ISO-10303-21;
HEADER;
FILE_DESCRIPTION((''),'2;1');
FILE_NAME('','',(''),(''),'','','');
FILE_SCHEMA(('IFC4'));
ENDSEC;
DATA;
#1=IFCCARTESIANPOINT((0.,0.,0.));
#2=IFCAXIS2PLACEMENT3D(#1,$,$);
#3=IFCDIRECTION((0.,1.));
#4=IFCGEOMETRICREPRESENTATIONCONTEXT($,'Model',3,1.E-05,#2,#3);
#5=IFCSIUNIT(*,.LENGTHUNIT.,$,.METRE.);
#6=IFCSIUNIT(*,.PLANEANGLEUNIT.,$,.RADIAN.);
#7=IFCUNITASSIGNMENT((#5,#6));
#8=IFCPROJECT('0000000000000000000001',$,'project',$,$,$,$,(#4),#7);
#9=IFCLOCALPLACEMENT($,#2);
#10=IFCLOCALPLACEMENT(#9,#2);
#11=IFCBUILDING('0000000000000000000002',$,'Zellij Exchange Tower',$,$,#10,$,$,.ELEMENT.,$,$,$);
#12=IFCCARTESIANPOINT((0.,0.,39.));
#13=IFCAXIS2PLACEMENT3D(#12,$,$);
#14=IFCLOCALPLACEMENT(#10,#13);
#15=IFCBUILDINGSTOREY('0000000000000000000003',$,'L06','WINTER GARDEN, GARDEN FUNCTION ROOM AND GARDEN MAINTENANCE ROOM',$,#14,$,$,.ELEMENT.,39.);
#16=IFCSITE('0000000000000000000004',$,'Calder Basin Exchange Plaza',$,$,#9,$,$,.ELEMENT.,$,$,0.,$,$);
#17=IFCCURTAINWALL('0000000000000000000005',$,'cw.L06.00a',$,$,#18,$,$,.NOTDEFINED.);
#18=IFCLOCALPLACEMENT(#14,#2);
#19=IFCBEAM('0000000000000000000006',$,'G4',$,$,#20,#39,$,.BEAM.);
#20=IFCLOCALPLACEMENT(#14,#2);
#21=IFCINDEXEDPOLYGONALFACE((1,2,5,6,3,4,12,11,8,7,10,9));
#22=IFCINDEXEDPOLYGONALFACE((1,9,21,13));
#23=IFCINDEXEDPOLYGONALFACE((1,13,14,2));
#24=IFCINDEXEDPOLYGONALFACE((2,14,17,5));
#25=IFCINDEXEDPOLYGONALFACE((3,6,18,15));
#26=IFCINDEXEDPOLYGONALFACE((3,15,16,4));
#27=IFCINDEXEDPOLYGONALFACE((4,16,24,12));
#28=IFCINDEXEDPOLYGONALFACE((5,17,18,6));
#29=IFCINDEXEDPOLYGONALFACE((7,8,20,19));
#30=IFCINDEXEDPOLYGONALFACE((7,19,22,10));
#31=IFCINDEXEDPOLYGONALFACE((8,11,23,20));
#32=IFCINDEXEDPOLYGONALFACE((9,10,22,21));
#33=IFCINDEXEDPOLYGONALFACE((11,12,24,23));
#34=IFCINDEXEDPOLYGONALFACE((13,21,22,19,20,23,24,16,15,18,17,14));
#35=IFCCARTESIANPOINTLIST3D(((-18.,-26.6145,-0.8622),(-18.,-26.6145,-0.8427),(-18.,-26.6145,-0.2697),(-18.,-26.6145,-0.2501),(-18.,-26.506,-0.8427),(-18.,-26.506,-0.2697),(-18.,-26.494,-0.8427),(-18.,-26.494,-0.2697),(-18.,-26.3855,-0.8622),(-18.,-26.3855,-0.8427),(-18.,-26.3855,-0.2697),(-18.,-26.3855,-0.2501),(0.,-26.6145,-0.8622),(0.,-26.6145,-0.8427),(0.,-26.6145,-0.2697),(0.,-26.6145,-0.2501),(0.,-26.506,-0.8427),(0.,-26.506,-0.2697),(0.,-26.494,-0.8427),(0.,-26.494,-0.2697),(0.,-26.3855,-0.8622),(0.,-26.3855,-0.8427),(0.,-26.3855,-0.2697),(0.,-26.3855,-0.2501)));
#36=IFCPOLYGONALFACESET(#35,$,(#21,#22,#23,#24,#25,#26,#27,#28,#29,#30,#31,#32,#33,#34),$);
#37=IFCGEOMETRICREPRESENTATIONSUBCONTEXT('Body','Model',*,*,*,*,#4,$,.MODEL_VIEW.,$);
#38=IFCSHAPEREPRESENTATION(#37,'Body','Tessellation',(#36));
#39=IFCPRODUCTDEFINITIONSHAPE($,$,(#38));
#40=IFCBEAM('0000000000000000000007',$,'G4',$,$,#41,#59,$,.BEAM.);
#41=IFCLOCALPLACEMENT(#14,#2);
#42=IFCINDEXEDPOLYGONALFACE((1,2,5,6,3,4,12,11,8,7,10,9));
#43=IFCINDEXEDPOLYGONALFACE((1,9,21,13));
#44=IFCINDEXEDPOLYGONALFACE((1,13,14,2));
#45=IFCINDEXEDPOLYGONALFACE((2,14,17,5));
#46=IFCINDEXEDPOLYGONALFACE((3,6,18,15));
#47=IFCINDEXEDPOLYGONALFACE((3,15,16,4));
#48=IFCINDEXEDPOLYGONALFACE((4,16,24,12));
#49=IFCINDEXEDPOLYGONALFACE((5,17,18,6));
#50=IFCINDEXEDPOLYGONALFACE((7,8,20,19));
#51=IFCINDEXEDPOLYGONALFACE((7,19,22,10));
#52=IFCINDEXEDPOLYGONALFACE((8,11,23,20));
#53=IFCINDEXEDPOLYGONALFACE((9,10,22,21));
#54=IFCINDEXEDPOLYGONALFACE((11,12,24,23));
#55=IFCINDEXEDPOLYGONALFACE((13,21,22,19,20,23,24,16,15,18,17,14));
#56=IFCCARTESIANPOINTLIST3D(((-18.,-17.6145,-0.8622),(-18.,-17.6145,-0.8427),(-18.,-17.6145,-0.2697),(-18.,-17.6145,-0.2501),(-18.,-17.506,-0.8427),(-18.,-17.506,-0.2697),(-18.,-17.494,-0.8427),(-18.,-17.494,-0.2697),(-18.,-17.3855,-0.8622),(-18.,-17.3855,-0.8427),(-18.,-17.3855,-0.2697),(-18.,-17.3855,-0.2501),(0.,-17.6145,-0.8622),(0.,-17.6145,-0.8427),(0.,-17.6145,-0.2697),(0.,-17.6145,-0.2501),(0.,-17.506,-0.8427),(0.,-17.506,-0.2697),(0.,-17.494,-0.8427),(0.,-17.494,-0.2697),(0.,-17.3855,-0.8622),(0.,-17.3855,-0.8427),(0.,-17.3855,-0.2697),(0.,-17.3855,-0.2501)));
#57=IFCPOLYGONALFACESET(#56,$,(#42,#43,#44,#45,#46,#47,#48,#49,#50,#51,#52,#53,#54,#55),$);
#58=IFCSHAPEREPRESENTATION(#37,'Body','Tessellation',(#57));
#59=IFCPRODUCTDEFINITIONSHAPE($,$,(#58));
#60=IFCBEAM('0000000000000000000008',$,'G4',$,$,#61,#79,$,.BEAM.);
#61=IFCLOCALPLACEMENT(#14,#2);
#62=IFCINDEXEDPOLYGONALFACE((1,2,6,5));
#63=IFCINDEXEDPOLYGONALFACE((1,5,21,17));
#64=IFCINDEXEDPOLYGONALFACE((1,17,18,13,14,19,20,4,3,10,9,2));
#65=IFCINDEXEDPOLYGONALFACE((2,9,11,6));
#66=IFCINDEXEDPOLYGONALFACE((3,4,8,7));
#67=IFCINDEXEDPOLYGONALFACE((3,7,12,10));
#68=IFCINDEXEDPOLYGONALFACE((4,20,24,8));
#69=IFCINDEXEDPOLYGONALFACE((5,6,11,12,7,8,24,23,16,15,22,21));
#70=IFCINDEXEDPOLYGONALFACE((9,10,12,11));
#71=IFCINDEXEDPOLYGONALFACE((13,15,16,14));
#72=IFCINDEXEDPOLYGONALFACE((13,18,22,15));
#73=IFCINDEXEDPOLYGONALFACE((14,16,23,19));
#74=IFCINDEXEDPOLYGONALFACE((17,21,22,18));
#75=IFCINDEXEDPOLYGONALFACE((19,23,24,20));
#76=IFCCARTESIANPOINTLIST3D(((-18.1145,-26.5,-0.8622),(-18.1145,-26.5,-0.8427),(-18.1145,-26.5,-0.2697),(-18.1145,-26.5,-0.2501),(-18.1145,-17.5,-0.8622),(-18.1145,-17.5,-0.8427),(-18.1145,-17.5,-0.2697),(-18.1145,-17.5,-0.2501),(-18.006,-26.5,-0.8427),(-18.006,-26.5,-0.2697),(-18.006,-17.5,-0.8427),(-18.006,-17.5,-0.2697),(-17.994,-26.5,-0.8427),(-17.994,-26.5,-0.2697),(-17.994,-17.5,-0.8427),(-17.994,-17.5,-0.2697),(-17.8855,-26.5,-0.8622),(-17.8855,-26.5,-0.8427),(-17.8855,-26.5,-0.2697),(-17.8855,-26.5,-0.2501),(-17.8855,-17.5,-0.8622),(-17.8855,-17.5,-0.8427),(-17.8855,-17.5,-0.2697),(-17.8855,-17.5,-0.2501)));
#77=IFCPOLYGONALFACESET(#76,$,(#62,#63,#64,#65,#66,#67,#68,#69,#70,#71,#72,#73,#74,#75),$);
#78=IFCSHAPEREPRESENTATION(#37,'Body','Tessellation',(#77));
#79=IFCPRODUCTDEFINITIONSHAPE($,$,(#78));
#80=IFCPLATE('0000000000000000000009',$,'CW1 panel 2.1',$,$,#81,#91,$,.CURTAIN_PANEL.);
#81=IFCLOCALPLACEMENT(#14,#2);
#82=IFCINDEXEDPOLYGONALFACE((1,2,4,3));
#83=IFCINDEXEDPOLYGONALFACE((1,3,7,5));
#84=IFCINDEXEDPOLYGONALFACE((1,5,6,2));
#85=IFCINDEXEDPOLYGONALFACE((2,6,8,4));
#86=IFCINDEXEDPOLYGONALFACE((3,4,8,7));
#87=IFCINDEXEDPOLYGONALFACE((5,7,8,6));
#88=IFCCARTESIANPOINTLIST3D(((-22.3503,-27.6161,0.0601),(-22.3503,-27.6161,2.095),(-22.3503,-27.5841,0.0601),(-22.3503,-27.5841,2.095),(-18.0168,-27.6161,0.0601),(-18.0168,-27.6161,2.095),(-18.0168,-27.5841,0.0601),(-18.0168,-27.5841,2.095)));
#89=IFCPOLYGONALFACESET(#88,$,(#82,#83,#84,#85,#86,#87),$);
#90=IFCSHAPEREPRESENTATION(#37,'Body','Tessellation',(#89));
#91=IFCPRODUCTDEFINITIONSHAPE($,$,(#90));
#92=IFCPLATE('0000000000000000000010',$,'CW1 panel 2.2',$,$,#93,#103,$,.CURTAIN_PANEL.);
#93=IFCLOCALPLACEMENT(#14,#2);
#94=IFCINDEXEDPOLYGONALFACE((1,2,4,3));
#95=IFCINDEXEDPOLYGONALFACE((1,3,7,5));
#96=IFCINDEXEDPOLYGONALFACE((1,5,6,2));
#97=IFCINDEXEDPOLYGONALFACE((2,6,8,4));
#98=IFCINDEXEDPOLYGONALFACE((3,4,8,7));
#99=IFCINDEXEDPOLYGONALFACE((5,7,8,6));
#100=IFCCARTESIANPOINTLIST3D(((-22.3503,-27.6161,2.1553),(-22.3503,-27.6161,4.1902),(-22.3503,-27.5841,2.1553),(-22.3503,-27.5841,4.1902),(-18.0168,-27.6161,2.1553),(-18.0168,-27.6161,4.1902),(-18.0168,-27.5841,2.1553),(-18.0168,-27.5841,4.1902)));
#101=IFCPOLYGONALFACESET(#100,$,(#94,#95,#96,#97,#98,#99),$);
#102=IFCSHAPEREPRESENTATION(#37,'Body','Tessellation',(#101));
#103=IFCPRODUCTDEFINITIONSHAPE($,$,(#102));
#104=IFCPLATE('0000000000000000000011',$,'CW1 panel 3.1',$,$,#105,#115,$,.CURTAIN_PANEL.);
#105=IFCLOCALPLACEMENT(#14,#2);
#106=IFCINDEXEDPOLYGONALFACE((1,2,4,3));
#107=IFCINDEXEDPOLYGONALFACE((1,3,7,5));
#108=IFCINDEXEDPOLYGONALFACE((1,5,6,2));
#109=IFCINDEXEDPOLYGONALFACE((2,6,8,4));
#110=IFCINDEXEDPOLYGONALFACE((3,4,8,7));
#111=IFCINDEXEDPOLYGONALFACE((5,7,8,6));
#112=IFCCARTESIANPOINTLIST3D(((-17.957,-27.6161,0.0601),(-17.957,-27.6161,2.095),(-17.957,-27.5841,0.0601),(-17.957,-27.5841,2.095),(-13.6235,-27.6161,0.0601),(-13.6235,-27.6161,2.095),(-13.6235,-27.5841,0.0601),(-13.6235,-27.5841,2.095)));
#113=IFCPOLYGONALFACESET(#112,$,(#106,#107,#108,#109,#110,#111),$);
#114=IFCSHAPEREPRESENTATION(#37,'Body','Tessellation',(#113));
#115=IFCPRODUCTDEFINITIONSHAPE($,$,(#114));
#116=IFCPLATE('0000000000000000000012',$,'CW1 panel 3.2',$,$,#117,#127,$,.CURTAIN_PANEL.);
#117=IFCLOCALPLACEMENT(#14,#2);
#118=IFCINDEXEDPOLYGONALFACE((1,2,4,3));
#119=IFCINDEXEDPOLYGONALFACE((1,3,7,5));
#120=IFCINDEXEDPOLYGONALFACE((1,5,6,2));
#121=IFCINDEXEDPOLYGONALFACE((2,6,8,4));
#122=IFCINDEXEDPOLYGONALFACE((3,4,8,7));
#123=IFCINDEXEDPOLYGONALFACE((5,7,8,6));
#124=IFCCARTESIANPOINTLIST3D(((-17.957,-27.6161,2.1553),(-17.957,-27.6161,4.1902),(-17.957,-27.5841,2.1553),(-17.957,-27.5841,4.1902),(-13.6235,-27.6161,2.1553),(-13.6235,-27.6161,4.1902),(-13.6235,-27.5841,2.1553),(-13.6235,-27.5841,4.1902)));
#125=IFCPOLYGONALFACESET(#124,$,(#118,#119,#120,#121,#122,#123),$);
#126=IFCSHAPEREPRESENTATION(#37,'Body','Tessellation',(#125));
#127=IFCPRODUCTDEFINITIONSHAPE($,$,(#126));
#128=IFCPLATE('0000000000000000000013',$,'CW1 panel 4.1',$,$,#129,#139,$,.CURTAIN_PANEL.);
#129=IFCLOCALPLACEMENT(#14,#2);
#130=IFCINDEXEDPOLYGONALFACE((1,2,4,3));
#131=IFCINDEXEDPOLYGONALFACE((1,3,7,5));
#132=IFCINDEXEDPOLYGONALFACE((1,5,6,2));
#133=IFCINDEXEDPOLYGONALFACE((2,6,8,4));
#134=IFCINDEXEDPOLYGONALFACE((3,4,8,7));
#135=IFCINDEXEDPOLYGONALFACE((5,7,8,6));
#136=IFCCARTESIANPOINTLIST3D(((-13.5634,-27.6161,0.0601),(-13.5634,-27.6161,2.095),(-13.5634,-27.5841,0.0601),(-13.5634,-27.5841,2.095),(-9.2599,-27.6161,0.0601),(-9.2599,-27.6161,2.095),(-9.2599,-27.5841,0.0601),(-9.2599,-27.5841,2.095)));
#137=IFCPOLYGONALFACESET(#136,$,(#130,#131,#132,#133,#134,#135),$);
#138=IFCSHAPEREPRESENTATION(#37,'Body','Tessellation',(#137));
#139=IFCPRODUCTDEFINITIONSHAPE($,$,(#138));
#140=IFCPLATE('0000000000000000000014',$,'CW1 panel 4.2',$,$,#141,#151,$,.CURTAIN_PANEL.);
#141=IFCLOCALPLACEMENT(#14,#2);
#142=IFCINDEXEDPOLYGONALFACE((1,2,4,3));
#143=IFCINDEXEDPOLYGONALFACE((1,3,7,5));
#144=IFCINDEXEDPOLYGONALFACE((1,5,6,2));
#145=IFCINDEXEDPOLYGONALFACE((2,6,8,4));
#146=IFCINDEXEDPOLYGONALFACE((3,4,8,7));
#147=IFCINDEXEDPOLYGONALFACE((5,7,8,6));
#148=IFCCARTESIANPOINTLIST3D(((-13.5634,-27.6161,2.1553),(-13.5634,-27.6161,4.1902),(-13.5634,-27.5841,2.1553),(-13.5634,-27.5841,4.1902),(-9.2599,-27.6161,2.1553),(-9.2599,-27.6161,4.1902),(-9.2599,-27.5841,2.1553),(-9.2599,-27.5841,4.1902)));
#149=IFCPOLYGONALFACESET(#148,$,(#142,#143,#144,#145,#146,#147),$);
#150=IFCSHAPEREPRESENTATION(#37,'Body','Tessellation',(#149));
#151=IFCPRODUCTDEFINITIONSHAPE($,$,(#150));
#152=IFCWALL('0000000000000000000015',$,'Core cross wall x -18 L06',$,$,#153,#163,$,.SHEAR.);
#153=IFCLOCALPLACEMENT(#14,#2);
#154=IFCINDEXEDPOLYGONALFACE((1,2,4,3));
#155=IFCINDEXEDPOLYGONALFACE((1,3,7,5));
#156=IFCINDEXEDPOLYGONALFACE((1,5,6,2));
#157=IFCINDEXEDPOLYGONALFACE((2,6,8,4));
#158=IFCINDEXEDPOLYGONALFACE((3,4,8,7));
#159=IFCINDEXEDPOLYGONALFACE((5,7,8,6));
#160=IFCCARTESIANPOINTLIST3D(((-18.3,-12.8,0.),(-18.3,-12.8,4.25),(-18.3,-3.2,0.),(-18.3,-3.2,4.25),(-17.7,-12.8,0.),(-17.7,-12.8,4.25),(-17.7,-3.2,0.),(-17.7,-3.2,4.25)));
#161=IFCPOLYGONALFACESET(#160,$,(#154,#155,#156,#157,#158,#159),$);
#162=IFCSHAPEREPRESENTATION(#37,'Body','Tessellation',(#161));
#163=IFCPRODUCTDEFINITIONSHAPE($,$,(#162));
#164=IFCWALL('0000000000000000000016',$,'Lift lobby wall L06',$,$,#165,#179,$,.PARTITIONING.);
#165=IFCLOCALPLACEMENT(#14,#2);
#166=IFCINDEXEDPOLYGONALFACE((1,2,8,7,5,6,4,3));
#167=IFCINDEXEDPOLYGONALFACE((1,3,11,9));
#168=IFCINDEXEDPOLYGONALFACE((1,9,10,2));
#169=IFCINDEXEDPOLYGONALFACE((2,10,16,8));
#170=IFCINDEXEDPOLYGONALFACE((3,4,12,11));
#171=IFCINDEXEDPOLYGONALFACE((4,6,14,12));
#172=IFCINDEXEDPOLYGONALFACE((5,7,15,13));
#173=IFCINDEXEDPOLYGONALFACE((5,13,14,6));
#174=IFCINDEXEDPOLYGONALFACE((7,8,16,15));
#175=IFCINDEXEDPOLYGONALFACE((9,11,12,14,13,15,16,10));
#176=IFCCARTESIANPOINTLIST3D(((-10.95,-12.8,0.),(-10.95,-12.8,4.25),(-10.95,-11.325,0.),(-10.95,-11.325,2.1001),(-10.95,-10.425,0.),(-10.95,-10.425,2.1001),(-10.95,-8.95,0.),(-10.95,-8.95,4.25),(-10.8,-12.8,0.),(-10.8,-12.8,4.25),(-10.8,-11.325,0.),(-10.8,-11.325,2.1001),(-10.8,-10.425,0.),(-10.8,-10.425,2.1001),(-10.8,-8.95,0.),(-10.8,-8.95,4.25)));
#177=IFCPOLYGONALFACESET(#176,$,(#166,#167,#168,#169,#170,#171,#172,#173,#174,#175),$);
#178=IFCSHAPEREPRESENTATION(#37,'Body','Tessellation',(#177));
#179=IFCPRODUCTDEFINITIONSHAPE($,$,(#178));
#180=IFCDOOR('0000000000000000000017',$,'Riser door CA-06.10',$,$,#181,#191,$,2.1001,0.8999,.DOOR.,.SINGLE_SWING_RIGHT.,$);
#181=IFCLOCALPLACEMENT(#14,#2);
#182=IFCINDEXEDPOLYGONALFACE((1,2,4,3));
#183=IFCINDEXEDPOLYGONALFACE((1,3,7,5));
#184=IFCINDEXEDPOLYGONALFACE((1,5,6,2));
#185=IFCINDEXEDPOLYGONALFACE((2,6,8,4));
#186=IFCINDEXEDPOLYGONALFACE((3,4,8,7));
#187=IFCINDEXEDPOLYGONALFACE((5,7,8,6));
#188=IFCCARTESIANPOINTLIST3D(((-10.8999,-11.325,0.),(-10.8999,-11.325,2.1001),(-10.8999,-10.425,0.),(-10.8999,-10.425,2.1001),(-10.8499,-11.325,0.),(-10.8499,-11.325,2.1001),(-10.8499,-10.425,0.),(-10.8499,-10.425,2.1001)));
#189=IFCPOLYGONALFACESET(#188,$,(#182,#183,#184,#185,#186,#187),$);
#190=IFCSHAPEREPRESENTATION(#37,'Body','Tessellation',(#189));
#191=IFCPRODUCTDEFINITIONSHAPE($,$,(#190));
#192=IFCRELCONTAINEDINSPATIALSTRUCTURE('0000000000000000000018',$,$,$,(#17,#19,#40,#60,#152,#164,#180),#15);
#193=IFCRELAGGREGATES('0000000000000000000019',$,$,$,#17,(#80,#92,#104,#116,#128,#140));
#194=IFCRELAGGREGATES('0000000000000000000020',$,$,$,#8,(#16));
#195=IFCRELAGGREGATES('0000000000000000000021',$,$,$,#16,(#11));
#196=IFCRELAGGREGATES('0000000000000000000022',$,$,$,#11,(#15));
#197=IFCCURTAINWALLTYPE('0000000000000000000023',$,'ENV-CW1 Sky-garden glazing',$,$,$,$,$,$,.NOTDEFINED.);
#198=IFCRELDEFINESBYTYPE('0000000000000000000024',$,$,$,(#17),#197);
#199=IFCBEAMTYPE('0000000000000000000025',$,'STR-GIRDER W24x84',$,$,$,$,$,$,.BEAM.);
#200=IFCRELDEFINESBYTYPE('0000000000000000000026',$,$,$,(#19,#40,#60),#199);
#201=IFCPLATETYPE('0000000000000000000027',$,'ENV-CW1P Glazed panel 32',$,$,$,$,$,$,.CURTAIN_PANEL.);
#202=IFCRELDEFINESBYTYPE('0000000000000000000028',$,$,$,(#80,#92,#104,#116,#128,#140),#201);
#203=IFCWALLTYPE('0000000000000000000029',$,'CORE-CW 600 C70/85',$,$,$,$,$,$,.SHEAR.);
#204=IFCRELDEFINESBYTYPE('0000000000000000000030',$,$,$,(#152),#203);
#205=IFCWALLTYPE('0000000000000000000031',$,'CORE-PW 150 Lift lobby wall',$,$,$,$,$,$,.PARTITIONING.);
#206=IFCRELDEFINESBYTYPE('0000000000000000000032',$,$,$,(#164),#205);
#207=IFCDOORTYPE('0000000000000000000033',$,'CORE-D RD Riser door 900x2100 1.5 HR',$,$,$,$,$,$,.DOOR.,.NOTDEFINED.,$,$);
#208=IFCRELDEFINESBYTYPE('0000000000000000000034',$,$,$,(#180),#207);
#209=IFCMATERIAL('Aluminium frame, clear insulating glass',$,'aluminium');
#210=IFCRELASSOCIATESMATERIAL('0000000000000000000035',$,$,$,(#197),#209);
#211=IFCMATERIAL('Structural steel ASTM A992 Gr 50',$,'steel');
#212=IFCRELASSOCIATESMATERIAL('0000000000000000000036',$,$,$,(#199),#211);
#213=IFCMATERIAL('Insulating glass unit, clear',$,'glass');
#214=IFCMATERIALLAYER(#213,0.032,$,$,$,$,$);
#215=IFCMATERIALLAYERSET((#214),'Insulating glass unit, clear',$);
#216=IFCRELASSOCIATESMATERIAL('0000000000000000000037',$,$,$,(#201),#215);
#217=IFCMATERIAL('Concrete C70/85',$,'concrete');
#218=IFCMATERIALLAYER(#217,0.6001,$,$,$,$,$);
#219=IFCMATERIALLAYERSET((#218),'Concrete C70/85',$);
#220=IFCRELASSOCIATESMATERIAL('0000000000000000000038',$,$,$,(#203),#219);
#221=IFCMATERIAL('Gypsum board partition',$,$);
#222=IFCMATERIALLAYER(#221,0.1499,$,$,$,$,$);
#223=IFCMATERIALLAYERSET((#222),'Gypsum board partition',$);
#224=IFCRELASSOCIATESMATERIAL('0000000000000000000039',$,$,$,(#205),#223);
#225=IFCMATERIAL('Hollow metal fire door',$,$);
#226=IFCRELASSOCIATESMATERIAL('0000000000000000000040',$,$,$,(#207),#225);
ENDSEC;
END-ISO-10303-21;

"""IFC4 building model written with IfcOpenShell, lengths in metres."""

from ifc_helpers import new_model, si_unit, direction, frame, frame_2d, origin, origin_2d, place, context, subcontext, project, spatial, rectangle, i_section, extrude, material, layer, layer_set, material_profile, profile_set, type_object, element, fill, aggregate, save


model = new_model("IFC4")

# Units and contexts
model_context = context("Model", 3, precision=1e-05, world=origin(), true_north=direction((0.0, 1.0)))
body_context = subcontext(model_context, "Body", "Model", "MODEL_VIEW")
ifc_project = project(units=[si_unit("LENGTHUNIT", "METRE"), si_unit("PLANEANGLEUNIT", "RADIAN")], contexts=[model_context])

# Site, building, storey
site_placement = place(None, origin())
site = spatial("IfcSite", under=ifc_project, at=site_placement, Name="Calder Basin Exchange Plaza", CompositionType="ELEMENT", RefElevation=0.0)
building_placement = place(site_placement, origin())
building = spatial("IfcBuilding", under=site, at=building_placement, Name="Zellij Exchange Tower", CompositionType="ELEMENT")
storey_placement = place(building_placement, frame((0.0, 0.0, 39.0)))
storey = spatial("IfcBuildingStorey", under=building, at=storey_placement, Name="L06", Description="WINTER GARDEN, GARDEN FUNCTION ROOM AND GARDEN MAINTENANCE ROOM", CompositionType="ELEMENT", Elevation=39.0)

# Shared definitions
ifc_material_1 = material(Name="Concrete C70/85", Category="concrete")

# Curtain wall
ifc_material_2 = material(Name="Aluminium frame, clear insulating glass", Category="aluminium")
curtain_wall_type = type_object("IfcCurtainWallType", Name="ENV-CW1 Sky-garden glazing", PredefinedType="NOTDEFINED", material=ifc_material_2)
curtain_wall_placement = place(storey_placement, origin())
curtain_wall = element("IfcCurtainWall", 1, at=curtain_wall_placement, inside=storey, type_object=curtain_wall_type, Name="cw.L06.00a", PredefinedType="NOTDEFINED")

# Beams
ifc_material_3 = material(Name="Structural steel ASTM A992 Gr 50", Category="steel")
ifc_material_profile_1 = material_profile(ifc_material_3, i_section(OverallWidth=0.229, OverallDepth=0.6121, WebThickness=0.012, FlangeThickness=0.0195, at=origin_2d()), Name="W24x84")
ifc_profile_set_1 = profile_set([ifc_material_profile_1], Name="Structural steel ASTM A992 Gr 50")
beam_type_1 = type_object("IfcBeamType", Name="STR-GIRDER W24x84", PredefinedType="BEAM", material=ifc_profile_set_1)
for number, where, z_axis, x_axis, name in (
    (2, (-18.0, -26.5, -0.5562), (1.0, 0.0, 0.0), (0.0, 1.0, 0.0), "G4"),
    (3, (-18.0, -17.5, -0.5562), (1.0, 0.0, 0.0), (0.0, 1.0, 0.0), "G4"),
):
    element("IfcBeam", number, at=place(storey_placement, frame(where, z_axis=z_axis, x_axis=x_axis)), inside=storey, type_object=beam_type_1, Name=name, PredefinedType="BEAM", context=body_context, shape_type="SweptSolid", body=[
        extrude(i_section(OverallWidth=0.229, OverallDepth=0.6121, WebThickness=0.012, FlangeThickness=0.0195, at=origin_2d()), origin(), (0.0, 0.0, 1.0), 18.0),
    ])
beam_1_placement = place(storey_placement, frame((-18.0, -26.5, -0.5562), z_axis=(0.0, 1.0, 0.0), x_axis=(-1.0, 0.0, 0.0)))
element("IfcBeam", 4, at=beam_1_placement, inside=storey, type_object=beam_type_1, Name="G4", PredefinedType="BEAM", context=body_context, shape_type="SweptSolid", body=[
    extrude(i_section(OverallWidth=0.229, OverallDepth=0.6121, WebThickness=0.012, FlangeThickness=0.0195, at=origin_2d()), origin(), (0.0, 0.0, 1.0), 9.0),
])

# Plates
ifc_material_4 = material(Name="Insulating glass unit, clear", Category="glass")
ifc_layer_1 = layer(ifc_material_4, 0.032)
ifc_layer_set_1 = layer_set([ifc_layer_1], Name="Insulating glass unit, clear")
plate_type = type_object("IfcPlateType", Name="ENV-CW1P Glazed panel 32", PredefinedType="CURTAIN_PANEL", material=ifc_layer_set_1)
plate_1_placement = place(storey_placement, frame((-20.1836, -27.6001, 0.0601), z_axis=(0.0, 0.0, 1.0), x_axis=(1.0, 0.0, 0.0)))
plate_1 = element("IfcPlate", 5, at=plate_1_placement, type_object=plate_type, Name="CW1 panel 2.1", PredefinedType="CURTAIN_PANEL", context=body_context, shape_type="SweptSolid", body=[
    extrude(rectangle(XDim=4.3335, YDim=0.032, at=origin_2d()), origin(), (0.0, 0.0, 1.0), 2.0349),
])
plate_2_placement = place(storey_placement, frame((-20.1836, -27.6001, 2.1553), z_axis=(0.0, 0.0, 1.0), x_axis=(1.0, 0.0, 0.0)))
plate_2 = element("IfcPlate", 6, at=plate_2_placement, type_object=plate_type, Name="CW1 panel 2.2", PredefinedType="CURTAIN_PANEL", context=body_context, shape_type="SweptSolid", body=[
    extrude(rectangle(XDim=4.3335, YDim=0.032, at=origin_2d()), origin(), (0.0, 0.0, 1.0), 2.0349),
])
plate_3_placement = place(storey_placement, frame((-15.7903, -27.6001, 0.0601), z_axis=(0.0, 0.0, 1.0), x_axis=(1.0, 0.0, 0.0)))
plate_3 = element("IfcPlate", 7, at=plate_3_placement, type_object=plate_type, Name="CW1 panel 3.1", PredefinedType="CURTAIN_PANEL", context=body_context, shape_type="SweptSolid", body=[
    extrude(rectangle(XDim=4.3335, YDim=0.032, at=origin_2d()), origin(), (0.0, 0.0, 1.0), 2.0349),
])
plate_4_placement = place(storey_placement, frame((-15.7903, -27.6001, 2.1553), z_axis=(0.0, 0.0, 1.0), x_axis=(1.0, 0.0, 0.0)))
plate_4 = element("IfcPlate", 8, at=plate_4_placement, type_object=plate_type, Name="CW1 panel 3.2", PredefinedType="CURTAIN_PANEL", context=body_context, shape_type="SweptSolid", body=[
    extrude(rectangle(XDim=4.3335, YDim=0.032, at=origin_2d()), origin(), (0.0, 0.0, 1.0), 2.0349),
])
plate_5_placement = place(storey_placement, frame((-11.4116, -27.6001, 0.0601), z_axis=(0.0, 0.0, 1.0), x_axis=(1.0, 0.0, 0.0)))
plate_5 = element("IfcPlate", 9, at=plate_5_placement, type_object=plate_type, Name="CW1 panel 4.1", PredefinedType="CURTAIN_PANEL", context=body_context, shape_type="SweptSolid", body=[
    extrude(rectangle(XDim=4.3035, YDim=0.032, at=origin_2d()), origin(), (0.0, 0.0, 1.0), 2.0349),
])
plate_6_placement = place(storey_placement, frame((-11.4116, -27.6001, 2.1553), z_axis=(0.0, 0.0, 1.0), x_axis=(1.0, 0.0, 0.0)))
plate_6 = element("IfcPlate", 10, at=plate_6_placement, type_object=plate_type, Name="CW1 panel 4.2", PredefinedType="CURTAIN_PANEL", context=body_context, shape_type="SweptSolid", body=[
    extrude(rectangle(XDim=4.3035, YDim=0.032, at=origin_2d()), origin(), (0.0, 0.0, 1.0), 2.0349),
])
aggregate(curtain_wall, [plate_1, plate_2, plate_3, plate_4, plate_5, plate_6])

# Wall
ifc_layer_2 = layer(ifc_material_1, 0.6001)
ifc_layer_set_2 = layer_set([ifc_layer_2], Name="Concrete C70/85")
wall_type_1 = type_object("IfcWallType", Name="CORE-CW 600 C70/85", PredefinedType="SHEAR", material=ifc_layer_set_2)
wall_1_placement = place(storey_placement, frame((-18.0, -12.8, 0.0), z_axis=(0.0, 0.0, 1.0), x_axis=(0.0, 1.0, 0.0)))
element("IfcWall", 11, at=wall_1_placement, inside=storey, type_object=wall_type_1, Name="Core cross wall x -18 L06", PredefinedType="SHEAR", context=body_context, shape_type="SweptSolid", body=[
    extrude(rectangle(XDim=9.6001, YDim=0.6001, at=frame_2d((4.8, 0.0))), origin(), (0.0, 0.0, 1.0), 4.25),
])

# Wall, opening, door
ifc_material_5 = material(Name="Gypsum board partition")
ifc_layer_3 = layer(ifc_material_5, 0.1499)
ifc_layer_set_3 = layer_set([ifc_layer_3], Name="Gypsum board partition")
wall_type_2 = type_object("IfcWallType", Name="CORE-PW 150 Lift lobby wall", PredefinedType="PARTITIONING", material=ifc_layer_set_3)
wall_2_placement = place(storey_placement, frame((-10.875, -12.8, 0.0), z_axis=(0.0, 0.0, 1.0), x_axis=(0.0, 1.0, 0.0)))
wall_2 = element("IfcWall", 12, at=wall_2_placement, inside=storey, type_object=wall_type_2, Name="Lift lobby wall L06", PredefinedType="PARTITIONING", context=body_context, shape_type="SweptSolid", body=[
    extrude(rectangle(XDim=3.8501, YDim=0.1499, at=frame_2d((1.925, 0.0))), origin(), (0.0, 0.0, 1.0), 4.25),
])
opening_1_placement = place(wall_2_placement, frame((1.4751, 0.0, 0.0)))
opening_1 = element("IfcOpeningElement", 13, at=opening_1_placement, cuts=wall_2, PredefinedType="OPENING", context=body_context, shape_type="SweptSolid", body=[
    extrude(rectangle(XDim=0.8999, YDim=2.1001, at=frame_2d((0.45, 1.05))), frame((0.0, 0.0869, 0.0), z_axis=(0.0, -1.0, 0.0), x_axis=(1.0, 0.0, 0.0)), (0.0, 0.0, 1.0), 0.1738),
])
ifc_material_6 = material(Name="Hollow metal fire door")
door_type_1 = type_object("IfcDoorType", Name="CORE-D RD Riser door 900x2100 1.5 HR", OperationType="NOTDEFINED", PredefinedType="DOOR", material=ifc_material_6)
door_1_placement = place(opening_1_placement, origin())
door_1 = element("IfcDoor", 14, at=door_1_placement, inside=storey, type_object=door_type_1, Name="Riser door CA-06.10", OperationType="SINGLE_SWING_RIGHT", OverallHeight=2.1001, OverallWidth=0.8999, PredefinedType="DOOR", context=body_context, shape_type="SweptSolid", body=[
    extrude(rectangle(XDim=0.8999, YDim=2.1001, at=frame_2d((0.45, 1.05))), frame((0.0, 0.0249, 0.0), z_axis=(0.0, -1.0, 0.0), x_axis=(1.0, 0.0, 0.0)), (0.0, 0.0, 1.0), 0.05),
])
fill(opening_1, door_1)

save(model, "model.ifc")
